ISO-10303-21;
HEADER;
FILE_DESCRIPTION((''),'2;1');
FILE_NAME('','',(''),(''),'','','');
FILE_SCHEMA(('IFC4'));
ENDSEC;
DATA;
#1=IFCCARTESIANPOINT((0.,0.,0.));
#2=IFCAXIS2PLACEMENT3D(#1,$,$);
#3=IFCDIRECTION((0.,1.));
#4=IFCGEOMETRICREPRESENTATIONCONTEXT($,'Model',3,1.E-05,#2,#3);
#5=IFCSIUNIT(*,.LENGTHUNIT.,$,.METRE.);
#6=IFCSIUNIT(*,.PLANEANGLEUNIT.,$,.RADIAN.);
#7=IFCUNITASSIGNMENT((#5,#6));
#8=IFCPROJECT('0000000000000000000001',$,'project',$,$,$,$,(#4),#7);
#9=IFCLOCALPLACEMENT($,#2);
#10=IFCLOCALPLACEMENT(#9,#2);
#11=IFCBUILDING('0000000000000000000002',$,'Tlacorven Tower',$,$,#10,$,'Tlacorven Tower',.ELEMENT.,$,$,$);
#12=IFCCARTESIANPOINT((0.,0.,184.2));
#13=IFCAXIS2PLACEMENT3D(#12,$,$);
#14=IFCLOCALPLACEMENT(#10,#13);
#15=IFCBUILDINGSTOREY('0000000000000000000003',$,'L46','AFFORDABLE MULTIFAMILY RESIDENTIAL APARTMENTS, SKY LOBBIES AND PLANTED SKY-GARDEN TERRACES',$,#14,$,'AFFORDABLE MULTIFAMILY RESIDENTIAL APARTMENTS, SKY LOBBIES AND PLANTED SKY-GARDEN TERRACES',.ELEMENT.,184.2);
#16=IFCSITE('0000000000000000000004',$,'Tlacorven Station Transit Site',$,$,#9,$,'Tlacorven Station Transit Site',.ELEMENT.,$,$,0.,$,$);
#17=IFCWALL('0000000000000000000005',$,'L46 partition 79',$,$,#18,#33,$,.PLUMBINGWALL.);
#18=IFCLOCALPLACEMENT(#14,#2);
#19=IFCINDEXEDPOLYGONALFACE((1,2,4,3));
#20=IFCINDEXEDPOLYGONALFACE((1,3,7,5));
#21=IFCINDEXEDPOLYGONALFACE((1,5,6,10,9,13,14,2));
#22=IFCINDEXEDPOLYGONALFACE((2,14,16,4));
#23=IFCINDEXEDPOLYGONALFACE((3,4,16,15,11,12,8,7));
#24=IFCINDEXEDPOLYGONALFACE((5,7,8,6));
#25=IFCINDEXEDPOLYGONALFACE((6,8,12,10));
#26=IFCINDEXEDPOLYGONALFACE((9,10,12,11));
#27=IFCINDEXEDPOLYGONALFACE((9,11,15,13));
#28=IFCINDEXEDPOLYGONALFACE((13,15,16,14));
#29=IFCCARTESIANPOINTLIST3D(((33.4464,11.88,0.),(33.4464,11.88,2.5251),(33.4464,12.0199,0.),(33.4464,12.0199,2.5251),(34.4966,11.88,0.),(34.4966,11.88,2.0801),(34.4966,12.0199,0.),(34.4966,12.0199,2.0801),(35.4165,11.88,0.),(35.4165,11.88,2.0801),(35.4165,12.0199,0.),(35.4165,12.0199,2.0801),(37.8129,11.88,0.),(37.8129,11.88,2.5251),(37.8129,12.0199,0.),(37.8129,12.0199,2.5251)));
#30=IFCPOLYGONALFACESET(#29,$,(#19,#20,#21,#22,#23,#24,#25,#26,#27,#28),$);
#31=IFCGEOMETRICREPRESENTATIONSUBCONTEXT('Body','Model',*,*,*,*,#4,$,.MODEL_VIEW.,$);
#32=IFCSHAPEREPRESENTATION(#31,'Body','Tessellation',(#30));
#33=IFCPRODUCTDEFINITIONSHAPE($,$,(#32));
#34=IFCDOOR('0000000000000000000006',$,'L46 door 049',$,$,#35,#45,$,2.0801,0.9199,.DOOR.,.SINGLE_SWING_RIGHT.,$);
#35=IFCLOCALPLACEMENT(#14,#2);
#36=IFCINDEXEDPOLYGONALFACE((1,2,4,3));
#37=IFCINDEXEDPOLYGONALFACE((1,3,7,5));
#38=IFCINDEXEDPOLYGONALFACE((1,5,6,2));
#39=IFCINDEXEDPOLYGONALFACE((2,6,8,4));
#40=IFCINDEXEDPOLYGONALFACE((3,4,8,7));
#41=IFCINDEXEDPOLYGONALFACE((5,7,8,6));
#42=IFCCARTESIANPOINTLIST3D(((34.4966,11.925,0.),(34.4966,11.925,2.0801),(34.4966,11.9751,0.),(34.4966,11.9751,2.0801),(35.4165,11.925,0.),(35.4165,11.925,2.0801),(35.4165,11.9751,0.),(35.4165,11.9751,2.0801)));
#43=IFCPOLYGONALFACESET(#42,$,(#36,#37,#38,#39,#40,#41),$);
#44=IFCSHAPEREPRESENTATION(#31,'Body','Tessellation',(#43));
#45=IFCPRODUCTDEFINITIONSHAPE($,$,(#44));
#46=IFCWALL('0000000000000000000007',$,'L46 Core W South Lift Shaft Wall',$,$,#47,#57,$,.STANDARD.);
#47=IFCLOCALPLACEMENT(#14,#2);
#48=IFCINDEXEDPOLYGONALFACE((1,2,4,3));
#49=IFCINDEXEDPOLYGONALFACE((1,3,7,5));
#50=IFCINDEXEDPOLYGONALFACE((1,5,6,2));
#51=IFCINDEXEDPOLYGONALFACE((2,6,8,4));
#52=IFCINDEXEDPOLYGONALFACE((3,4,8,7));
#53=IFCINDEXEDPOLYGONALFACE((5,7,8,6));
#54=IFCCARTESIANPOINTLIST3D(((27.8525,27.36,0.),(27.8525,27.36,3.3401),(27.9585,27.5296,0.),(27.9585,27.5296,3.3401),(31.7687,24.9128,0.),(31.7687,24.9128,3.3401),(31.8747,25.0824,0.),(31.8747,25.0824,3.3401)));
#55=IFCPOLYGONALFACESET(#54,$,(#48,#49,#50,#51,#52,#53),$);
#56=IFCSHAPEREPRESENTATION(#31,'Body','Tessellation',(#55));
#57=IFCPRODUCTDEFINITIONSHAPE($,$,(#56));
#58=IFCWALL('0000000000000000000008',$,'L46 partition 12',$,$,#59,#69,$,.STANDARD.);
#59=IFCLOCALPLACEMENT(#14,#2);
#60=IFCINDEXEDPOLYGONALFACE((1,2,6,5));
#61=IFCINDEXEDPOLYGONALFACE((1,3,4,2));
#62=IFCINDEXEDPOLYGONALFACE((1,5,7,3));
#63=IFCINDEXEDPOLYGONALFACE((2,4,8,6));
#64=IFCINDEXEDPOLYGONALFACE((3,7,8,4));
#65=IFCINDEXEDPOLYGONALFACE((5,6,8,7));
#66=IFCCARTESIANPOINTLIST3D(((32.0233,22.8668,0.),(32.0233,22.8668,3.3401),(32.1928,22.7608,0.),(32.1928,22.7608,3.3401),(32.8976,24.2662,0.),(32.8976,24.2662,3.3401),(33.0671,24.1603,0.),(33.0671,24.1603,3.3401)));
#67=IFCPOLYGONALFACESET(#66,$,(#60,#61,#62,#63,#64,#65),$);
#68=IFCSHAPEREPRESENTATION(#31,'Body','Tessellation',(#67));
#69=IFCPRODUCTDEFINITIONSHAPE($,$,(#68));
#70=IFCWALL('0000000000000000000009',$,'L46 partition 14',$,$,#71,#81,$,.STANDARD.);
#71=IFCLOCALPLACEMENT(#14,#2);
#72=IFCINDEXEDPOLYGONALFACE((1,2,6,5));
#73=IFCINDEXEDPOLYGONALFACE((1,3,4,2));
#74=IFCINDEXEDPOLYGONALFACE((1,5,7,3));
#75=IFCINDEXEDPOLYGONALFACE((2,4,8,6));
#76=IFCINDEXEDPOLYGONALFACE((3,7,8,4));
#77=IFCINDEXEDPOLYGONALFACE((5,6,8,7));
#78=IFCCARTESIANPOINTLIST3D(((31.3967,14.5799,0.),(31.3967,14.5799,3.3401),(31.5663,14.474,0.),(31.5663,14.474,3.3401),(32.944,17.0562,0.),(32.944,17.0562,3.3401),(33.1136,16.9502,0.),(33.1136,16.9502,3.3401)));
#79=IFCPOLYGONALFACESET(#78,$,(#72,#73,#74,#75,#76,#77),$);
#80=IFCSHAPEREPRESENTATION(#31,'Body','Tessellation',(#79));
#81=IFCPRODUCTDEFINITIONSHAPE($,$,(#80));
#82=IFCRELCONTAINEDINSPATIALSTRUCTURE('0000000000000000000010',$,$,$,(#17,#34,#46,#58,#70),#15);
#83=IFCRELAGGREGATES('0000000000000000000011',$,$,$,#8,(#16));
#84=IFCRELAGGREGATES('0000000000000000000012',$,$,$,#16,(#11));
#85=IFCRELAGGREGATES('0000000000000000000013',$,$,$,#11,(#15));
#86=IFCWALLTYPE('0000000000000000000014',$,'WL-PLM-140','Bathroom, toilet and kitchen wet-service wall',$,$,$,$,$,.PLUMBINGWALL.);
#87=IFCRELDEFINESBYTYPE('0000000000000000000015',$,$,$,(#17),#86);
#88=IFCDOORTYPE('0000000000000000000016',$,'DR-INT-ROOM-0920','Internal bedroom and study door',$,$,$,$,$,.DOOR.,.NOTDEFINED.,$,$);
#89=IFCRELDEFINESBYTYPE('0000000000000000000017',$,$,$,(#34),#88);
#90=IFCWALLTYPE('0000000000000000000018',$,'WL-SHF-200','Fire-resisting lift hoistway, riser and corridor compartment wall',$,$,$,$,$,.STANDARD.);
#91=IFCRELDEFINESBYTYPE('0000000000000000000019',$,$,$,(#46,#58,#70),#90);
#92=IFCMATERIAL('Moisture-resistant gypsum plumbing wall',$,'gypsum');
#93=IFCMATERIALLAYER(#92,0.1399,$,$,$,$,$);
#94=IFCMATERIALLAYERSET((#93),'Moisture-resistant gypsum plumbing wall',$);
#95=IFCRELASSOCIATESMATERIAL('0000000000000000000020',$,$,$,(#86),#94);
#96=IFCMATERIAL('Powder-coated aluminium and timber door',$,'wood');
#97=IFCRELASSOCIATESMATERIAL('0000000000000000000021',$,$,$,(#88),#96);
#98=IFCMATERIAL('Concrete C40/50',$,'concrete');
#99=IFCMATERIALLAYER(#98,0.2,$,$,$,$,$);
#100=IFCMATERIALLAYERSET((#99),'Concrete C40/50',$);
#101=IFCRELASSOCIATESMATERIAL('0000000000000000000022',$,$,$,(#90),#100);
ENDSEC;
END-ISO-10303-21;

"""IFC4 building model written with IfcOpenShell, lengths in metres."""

from ifc_helpers import new_model, si_unit, direction, frame, frame_2d, origin, place, context, subcontext, project, spatial, rectangle, extrude, source, transform, mapped, material, layer, layer_set, type_object, element, fill, save


model = new_model("IFC4")

# Units and contexts
model_context = context("Model", 3, precision=1e-05, world=origin(), true_north=direction((0.0, 1.0)))
body_context = subcontext(model_context, "Body", "Model", "MODEL_VIEW")
ifc_project = project(units=[si_unit("LENGTHUNIT", "METRE"), si_unit("PLANEANGLEUNIT", "RADIAN")], contexts=[model_context])

# Site, building, storey
site_placement = place(None, origin())
site = spatial("IfcSite", under=ifc_project, at=site_placement, Name="Tlacorven Station Transit Site", LongName="Tlacorven Station Transit Site", CompositionType="ELEMENT", RefElevation=0.0)
building_placement = place(site_placement, origin())
building = spatial("IfcBuilding", under=site, at=building_placement, Name="Tlacorven Tower", LongName="Tlacorven Tower", CompositionType="ELEMENT")
storey_placement = place(building_placement, frame((0.0, 0.0, 184.2)))
storey = spatial("IfcBuildingStorey", under=building, at=storey_placement, Name="L46", Description="AFFORDABLE MULTIFAMILY RESIDENTIAL APARTMENTS, SKY LOBBIES AND PLANTED SKY-GARDEN TERRACES", LongName="AFFORDABLE MULTIFAMILY RESIDENTIAL APARTMENTS, SKY LOBBIES AND PLANTED SKY-GARDEN TERRACES", CompositionType="ELEMENT", Elevation=184.2)

# Shared definitions
ifc_material_1 = material(Name="Powder-coated aluminium and timber door", Category="wood")

# Shared definitions
ifc_material_2 = material(Name="Moisture-resistant gypsum plumbing wall", Category="gypsum")
ifc_layer_1 = layer(ifc_material_2, 0.1399)
ifc_layer_set_1 = layer_set([ifc_layer_1], Name="Moisture-resistant gypsum plumbing wall")
wall_type_1 = type_object("IfcWallType", Name="WL-PLM-140", Description="Bathroom, toilet and kitchen wet-service wall", PredefinedType="PLUMBINGWALL", material=ifc_layer_set_1)

# Wall, opening, door
wall_1_placement = place(storey_placement, frame((33.4465, 11.95, 0.0), z_axis=(0.0, 0.0, 1.0), x_axis=(1.0, 0.0, 0.0)))
wall_1 = element("IfcWall", 1, at=wall_1_placement, inside=storey, type_object=wall_type_1, Name="L46 partition 79", PredefinedType="PLUMBINGWALL", context=body_context, shape_type="SweptSolid", body=[
    extrude(rectangle(XDim=4.3665, YDim=0.1399, at=frame_2d((2.1831, 0.0))), origin(), (0.0, 0.0, 1.0), 2.5251),
])
opening_1_placement = place(wall_1_placement, frame((1.05, 0.0, 0.0)))
opening_1 = element("IfcOpeningElement", 2, at=opening_1_placement, cuts=wall_1, PredefinedType="OPENING", context=body_context, shape_type="SweptSolid", body=[
    extrude(rectangle(XDim=0.9199, YDim=2.0801, at=frame_2d((0.46, 1.04))), frame((0.0, 0.0801, 0.0), z_axis=(0.0, -1.0, 0.0), x_axis=(1.0, 0.0, 0.0)), (0.0, 0.0, 1.0), 0.1599),
])
door_type_1 = type_object("IfcDoorType", Name="DR-INT-ROOM-0920", Description="Internal bedroom and study door", OperationType="NOTDEFINED", PredefinedType="DOOR", material=ifc_material_1)
shared_shape_1 = source(origin(), body_context, "Body", "SweptSolid", [
    extrude(rectangle(XDim=0.9199, YDim=2.0801, at=frame_2d((0.46, 1.04))), frame((0.0, 0.0249, 0.0), z_axis=(0.0, -1.0, 0.0), x_axis=(1.0, 0.0, 0.0)), (0.0, 0.0, 1.0), 0.05),
])
door_1_placement = place(opening_1_placement, frame((0.9199, 0.0, 0.0), z_axis=(0.0, 0.0, 1.0), x_axis=(-1.0, 0.0, 0.0)))
door_1 = element("IfcDoor", 3, at=door_1_placement, inside=storey, type_object=door_type_1, Name="L46 door 049", OperationType="SINGLE_SWING_RIGHT", OverallHeight=2.0801, OverallWidth=0.9199, PredefinedType="DOOR", context=body_context, shape_type="MappedRepresentation", body=[
    mapped(shared_shape_1, transform((0.0, 0.0, 0.0), scale=1.0)),
])
fill(opening_1, door_1)

# Wall
ifc_material_3 = material(Name="Concrete C40/50", Category="concrete")
ifc_layer_2 = layer(ifc_material_3, 0.2)
ifc_layer_set_2 = layer_set([ifc_layer_2], Name="Concrete C40/50")
wall_type_2 = type_object("IfcWallType", Name="WL-SHF-200", Description="Fire-resisting lift hoistway, riser and corridor compartment wall", PredefinedType="STANDARD", material=ifc_layer_set_2)
wall_2_placement = place(storey_placement, frame((31.8218, 24.9976, 0.0), z_axis=(0.0, 0.0, 1.0), x_axis=(-0.848037, 0.529937, 0.0)))
element("IfcWall", 4, at=wall_2_placement, inside=storey, type_object=wall_type_2, Name="L46 Core W South Lift Shaft Wall", PredefinedType="STANDARD", context=body_context, shape_type="SweptSolid", body=[
    extrude(rectangle(XDim=4.6179, YDim=0.2, at=frame_2d((2.3091, 0.0))), origin(), (0.0, 0.0, 1.0), 3.3401),
])

# Walls
wall_3_placement = place(storey_placement, frame((32.9824, 24.2134, 0.0), z_axis=(0.0, 0.0, 1.0), x_axis=(-0.529839, -0.848098, 0.0)))
element("IfcWall", 5, at=wall_3_placement, inside=storey, type_object=wall_type_2, Name="L46 partition 12", PredefinedType="STANDARD", context=body_context, shape_type="SweptSolid", body=[
    extrude(rectangle(XDim=1.6501, YDim=0.2, at=frame_2d((0.8252, 0.0))), origin(), (0.0, 0.0, 1.0), 3.3401),
])
wall_4_placement = place(storey_placement, frame((33.0288, 17.0032, 0.0), z_axis=(0.0, 0.0, 1.0), x_axis=(-0.529916, -0.84805, 0.0)))
element("IfcWall", 6, at=wall_4_placement, inside=storey, type_object=wall_type_2, Name="L46 partition 14", PredefinedType="STANDARD", context=body_context, shape_type="SweptSolid", body=[
    extrude(rectangle(XDim=2.9199, YDim=0.2, at=frame_2d((1.46, 0.0))), origin(), (0.0, 0.0, 1.0), 3.3401),
])

save(model, "model.ifc")
